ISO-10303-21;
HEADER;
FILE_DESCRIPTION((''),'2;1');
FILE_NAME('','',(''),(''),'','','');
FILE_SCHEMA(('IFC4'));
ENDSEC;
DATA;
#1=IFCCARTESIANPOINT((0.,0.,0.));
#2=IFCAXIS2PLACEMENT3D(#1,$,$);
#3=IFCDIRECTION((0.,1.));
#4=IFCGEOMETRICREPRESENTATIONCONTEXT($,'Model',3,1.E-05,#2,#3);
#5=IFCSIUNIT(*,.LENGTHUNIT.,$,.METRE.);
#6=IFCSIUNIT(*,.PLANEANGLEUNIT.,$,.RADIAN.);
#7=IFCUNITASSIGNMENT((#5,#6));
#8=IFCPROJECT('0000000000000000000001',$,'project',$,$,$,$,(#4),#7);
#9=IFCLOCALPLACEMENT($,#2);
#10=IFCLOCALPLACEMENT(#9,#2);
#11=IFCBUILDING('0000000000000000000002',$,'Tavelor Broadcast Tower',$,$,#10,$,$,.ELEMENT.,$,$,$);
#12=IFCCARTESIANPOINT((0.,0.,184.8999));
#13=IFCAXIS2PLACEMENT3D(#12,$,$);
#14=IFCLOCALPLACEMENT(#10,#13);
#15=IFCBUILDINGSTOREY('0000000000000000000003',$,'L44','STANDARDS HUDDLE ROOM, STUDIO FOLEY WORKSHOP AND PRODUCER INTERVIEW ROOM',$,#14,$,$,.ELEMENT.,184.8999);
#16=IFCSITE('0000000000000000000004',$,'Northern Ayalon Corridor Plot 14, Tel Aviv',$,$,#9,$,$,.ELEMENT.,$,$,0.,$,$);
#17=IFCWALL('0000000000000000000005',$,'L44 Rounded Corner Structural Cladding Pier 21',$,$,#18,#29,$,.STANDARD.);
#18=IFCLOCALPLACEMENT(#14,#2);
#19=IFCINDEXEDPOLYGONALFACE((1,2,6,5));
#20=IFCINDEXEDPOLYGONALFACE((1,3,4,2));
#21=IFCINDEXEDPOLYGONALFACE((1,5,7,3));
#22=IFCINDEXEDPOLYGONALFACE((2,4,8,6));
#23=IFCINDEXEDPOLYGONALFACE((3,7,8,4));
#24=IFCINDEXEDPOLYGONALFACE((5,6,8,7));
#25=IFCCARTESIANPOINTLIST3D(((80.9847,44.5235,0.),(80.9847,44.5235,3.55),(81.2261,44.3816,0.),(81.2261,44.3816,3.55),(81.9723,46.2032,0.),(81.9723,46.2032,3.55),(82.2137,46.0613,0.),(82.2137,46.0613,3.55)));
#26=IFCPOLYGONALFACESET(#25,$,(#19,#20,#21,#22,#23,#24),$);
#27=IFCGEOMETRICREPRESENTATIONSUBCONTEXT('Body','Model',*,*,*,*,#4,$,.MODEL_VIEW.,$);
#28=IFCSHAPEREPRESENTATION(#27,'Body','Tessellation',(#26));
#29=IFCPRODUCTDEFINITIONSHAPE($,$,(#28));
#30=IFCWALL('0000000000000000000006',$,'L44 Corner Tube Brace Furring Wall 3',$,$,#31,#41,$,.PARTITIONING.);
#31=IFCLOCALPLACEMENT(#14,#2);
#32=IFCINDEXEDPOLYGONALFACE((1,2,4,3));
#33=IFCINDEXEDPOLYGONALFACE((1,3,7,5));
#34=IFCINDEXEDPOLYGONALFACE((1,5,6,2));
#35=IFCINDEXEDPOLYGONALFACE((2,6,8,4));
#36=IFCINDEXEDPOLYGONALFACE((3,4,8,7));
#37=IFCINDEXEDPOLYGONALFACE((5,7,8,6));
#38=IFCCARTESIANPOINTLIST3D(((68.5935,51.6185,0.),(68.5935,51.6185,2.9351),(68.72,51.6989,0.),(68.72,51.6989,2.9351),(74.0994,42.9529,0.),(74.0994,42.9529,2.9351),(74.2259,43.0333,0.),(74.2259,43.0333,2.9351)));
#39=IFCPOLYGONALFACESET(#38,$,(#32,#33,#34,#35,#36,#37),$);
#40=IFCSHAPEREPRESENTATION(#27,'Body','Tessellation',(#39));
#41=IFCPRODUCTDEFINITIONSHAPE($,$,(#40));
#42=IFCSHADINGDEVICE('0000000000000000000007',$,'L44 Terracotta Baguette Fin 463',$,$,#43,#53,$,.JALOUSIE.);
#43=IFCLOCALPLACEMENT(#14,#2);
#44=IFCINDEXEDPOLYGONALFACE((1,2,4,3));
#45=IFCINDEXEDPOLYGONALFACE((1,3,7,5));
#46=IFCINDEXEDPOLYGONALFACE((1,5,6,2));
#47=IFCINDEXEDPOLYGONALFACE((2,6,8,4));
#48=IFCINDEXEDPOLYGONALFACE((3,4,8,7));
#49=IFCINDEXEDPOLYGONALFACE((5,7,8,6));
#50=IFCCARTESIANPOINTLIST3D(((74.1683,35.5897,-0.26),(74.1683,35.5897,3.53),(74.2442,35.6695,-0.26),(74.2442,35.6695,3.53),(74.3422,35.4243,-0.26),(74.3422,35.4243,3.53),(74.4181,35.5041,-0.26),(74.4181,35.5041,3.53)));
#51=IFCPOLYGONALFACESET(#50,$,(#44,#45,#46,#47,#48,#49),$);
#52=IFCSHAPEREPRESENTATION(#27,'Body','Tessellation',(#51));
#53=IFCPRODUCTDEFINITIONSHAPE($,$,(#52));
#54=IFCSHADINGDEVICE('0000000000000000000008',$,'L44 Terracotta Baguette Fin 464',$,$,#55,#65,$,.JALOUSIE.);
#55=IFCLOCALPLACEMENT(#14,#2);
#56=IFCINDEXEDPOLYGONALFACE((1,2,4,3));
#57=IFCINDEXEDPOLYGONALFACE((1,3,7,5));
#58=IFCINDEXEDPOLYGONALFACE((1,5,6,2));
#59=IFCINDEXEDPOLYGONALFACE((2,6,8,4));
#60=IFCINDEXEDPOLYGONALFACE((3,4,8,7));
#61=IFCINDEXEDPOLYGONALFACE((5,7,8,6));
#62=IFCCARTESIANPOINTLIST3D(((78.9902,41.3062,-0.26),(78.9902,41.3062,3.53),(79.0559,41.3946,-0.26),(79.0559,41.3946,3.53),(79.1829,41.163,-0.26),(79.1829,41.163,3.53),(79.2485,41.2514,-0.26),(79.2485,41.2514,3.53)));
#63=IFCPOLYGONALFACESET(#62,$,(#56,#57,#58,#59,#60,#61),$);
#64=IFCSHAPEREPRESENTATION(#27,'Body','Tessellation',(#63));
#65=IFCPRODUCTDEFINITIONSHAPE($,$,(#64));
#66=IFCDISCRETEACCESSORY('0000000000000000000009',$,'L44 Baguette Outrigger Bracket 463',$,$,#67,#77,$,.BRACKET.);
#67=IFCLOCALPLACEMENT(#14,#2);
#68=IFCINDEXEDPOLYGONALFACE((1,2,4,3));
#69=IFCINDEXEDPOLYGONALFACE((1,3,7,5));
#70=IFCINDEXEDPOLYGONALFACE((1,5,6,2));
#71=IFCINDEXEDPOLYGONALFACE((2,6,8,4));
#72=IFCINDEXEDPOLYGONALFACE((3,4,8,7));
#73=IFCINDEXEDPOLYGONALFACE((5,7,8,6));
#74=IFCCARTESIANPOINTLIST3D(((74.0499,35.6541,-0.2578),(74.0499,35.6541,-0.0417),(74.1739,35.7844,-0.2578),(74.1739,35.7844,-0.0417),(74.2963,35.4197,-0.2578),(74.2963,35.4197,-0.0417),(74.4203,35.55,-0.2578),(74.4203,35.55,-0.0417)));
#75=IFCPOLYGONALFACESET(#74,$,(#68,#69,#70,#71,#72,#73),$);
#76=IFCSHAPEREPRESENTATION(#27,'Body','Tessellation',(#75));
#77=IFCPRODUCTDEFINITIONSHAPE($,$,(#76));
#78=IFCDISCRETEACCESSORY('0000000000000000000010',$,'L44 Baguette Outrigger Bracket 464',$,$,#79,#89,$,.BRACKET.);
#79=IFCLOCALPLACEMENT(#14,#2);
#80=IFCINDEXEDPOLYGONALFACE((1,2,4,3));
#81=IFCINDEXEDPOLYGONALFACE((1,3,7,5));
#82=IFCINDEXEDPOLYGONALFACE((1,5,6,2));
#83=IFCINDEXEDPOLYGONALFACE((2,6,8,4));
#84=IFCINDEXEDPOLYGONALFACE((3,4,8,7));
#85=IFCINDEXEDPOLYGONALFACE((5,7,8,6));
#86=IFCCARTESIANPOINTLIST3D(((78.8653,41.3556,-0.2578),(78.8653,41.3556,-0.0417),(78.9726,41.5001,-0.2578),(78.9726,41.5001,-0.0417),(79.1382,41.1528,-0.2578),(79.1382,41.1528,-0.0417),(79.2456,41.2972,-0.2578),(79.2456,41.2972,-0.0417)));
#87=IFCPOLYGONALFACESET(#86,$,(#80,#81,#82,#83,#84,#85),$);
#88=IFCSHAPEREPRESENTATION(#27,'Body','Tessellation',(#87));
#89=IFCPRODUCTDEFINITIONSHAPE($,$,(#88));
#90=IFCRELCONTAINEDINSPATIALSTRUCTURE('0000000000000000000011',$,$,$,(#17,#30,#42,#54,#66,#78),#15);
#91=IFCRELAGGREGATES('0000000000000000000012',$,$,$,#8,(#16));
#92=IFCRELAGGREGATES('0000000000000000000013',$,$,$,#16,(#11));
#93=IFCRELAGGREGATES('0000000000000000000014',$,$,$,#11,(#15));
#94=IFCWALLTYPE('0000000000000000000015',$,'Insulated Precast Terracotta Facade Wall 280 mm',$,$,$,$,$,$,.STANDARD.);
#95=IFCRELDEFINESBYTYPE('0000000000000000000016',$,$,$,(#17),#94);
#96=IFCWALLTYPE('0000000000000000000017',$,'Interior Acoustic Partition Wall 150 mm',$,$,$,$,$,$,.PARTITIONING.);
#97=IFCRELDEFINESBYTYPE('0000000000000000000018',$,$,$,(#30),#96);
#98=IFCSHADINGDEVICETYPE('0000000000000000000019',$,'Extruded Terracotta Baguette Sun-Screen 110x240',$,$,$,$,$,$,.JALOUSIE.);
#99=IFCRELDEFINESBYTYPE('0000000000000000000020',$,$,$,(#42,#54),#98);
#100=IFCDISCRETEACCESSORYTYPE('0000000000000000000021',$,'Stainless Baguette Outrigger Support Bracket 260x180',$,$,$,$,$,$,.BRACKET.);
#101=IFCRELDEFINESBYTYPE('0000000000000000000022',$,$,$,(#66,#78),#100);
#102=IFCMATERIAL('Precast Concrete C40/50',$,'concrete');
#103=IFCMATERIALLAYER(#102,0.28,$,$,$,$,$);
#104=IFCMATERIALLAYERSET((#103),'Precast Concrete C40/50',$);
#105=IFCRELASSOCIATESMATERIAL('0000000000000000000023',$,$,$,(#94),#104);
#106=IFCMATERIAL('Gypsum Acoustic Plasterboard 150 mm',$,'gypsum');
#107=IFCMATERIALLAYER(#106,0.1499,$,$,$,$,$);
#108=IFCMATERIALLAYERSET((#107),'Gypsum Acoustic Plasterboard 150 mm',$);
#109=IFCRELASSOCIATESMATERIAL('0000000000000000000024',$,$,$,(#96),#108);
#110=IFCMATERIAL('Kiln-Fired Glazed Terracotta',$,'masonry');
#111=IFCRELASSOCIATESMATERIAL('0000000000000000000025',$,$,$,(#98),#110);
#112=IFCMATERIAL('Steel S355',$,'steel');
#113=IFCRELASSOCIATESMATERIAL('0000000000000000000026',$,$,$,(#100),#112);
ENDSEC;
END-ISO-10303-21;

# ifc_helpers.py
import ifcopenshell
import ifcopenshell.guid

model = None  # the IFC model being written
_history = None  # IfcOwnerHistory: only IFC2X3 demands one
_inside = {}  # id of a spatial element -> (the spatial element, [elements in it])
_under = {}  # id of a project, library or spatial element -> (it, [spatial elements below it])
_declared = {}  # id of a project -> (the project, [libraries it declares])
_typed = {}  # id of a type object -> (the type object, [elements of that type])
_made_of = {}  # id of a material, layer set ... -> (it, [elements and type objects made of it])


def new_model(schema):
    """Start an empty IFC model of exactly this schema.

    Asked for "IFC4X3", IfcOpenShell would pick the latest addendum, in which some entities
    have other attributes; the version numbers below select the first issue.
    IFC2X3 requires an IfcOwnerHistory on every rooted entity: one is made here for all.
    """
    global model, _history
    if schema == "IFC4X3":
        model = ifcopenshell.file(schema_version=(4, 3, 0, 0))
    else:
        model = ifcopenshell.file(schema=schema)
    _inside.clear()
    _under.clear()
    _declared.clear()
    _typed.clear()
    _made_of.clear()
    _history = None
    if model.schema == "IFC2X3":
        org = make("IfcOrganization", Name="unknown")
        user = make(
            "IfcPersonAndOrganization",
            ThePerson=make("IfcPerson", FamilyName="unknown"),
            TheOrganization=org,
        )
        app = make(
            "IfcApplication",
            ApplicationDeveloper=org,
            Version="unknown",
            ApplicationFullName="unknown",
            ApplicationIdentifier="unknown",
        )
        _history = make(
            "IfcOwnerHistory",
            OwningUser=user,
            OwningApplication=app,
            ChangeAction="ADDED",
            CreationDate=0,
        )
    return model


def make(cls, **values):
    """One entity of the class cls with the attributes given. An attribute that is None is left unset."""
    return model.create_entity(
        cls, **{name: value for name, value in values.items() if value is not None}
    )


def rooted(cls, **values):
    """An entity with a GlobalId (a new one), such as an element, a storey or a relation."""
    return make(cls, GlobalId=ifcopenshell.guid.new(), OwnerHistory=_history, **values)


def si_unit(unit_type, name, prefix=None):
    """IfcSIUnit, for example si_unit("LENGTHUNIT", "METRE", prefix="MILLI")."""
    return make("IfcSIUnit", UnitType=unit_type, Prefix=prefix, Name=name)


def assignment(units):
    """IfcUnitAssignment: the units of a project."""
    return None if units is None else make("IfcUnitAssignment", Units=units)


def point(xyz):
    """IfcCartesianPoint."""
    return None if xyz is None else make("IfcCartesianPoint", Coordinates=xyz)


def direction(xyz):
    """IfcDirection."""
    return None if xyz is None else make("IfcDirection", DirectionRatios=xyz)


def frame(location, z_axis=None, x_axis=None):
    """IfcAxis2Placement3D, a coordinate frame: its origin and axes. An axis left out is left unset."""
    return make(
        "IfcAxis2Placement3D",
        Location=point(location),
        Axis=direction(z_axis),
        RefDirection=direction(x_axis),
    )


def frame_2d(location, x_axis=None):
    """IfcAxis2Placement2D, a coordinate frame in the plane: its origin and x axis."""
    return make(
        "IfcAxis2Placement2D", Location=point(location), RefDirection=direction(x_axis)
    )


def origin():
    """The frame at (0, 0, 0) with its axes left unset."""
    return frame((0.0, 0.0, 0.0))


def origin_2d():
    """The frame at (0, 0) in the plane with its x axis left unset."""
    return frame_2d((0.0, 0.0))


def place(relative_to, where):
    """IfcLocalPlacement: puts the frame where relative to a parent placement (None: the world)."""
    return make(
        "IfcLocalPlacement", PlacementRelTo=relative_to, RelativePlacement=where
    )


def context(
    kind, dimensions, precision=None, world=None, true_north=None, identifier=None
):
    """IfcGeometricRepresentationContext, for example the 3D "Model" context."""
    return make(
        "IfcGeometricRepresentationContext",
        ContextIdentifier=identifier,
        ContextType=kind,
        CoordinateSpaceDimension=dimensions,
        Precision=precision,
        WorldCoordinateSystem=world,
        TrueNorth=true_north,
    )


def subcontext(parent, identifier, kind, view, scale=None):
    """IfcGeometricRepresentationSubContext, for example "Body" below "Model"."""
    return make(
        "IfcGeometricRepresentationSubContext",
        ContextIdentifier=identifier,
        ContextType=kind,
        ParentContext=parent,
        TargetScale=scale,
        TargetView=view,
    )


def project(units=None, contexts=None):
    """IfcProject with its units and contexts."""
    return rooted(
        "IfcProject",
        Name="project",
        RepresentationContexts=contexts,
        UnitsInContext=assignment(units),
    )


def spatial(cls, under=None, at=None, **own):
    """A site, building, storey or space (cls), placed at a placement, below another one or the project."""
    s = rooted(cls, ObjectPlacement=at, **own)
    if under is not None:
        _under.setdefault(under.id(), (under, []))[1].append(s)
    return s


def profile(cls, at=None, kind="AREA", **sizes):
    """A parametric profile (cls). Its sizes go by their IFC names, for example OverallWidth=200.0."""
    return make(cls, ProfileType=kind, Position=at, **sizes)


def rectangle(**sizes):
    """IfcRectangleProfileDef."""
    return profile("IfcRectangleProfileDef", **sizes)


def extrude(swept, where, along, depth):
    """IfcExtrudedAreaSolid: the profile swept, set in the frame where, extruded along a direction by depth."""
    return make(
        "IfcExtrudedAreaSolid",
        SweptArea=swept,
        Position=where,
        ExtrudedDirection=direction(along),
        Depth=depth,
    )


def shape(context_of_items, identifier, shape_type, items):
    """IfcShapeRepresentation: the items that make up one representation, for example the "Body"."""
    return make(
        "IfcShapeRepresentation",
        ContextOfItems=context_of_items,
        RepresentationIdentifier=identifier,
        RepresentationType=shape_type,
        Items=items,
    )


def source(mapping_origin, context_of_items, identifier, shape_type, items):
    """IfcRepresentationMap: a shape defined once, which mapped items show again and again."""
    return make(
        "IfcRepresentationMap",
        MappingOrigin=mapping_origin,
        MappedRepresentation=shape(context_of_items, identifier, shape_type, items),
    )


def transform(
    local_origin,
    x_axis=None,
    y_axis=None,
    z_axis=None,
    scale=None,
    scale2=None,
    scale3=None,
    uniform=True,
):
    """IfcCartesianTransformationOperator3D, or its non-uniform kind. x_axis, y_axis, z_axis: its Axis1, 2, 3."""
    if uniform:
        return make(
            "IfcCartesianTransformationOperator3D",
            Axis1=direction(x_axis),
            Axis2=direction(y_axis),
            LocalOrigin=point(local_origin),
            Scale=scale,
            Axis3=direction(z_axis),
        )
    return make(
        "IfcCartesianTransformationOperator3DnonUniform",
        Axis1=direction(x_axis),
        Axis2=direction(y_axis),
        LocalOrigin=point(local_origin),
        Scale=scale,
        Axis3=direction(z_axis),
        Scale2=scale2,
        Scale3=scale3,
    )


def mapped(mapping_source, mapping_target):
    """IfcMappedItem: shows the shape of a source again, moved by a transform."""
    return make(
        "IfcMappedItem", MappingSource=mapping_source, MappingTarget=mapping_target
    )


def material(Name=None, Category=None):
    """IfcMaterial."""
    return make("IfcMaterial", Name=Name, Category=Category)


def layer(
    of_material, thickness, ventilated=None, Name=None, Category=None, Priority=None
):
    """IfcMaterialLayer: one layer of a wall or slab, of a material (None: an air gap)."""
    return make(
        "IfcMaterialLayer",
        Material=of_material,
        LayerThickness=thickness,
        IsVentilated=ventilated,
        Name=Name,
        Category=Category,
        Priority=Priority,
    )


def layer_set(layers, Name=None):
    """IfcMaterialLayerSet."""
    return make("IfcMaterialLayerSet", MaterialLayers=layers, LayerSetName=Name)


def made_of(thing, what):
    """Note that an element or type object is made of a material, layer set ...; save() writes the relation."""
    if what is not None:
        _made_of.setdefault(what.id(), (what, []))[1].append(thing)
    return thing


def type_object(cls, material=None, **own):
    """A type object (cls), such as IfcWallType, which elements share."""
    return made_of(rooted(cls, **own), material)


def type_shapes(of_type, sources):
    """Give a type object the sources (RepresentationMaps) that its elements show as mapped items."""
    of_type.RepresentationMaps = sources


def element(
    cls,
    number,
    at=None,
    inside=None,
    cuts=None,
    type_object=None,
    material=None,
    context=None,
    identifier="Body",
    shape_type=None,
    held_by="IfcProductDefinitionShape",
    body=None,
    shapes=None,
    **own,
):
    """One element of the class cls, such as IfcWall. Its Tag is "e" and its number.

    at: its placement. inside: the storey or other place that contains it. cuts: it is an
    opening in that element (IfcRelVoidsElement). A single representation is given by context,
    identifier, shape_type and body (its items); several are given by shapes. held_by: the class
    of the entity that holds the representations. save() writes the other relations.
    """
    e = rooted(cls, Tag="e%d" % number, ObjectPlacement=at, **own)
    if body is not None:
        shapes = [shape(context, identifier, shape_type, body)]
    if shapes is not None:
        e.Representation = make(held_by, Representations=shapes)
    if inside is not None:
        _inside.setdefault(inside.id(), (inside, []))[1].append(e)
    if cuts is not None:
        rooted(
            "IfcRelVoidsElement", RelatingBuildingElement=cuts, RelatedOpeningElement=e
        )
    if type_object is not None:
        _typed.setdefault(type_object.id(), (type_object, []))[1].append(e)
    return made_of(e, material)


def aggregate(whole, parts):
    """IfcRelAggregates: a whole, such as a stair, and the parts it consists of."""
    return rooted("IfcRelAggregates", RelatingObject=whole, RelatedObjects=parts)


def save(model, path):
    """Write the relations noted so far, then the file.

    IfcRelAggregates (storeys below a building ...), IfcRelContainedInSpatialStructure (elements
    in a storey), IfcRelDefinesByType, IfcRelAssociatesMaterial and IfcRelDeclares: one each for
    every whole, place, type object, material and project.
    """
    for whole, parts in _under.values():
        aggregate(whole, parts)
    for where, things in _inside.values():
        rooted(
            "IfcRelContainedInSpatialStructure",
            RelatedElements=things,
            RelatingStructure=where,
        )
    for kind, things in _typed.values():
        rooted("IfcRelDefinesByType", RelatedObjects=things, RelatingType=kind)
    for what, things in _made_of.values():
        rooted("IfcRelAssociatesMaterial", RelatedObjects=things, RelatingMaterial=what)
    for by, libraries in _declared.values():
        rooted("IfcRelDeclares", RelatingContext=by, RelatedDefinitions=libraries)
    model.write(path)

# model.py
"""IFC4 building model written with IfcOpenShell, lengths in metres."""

from ifc_helpers import new_model, si_unit, direction, frame, frame_2d, origin, origin_2d, place, context, subcontext, project, spatial, rectangle, extrude, source, transform, mapped, material, layer, layer_set, type_object, type_shapes, element, save


model = new_model("IFC4")

# Units and contexts
model_context = context("Model", 3, precision=1e-05, world=origin(), true_north=direction((0.0, 1.0)))
body_context = subcontext(model_context, "Body", "Model", "MODEL_VIEW")
ifc_project = project(units=[si_unit("LENGTHUNIT", "METRE"), si_unit("PLANEANGLEUNIT", "RADIAN")], contexts=[model_context])

# Site, building, storey
site_placement = place(None, origin())
site = spatial("IfcSite", under=ifc_project, at=site_placement, Name="Northern Ayalon Corridor Plot 14, Tel Aviv", CompositionType="ELEMENT", RefElevation=0.0)
building_placement = place(site_placement, origin())
building = spatial("IfcBuilding", under=site, at=building_placement, Name="Tavelor Broadcast Tower", CompositionType="ELEMENT")
storey_placement = place(building_placement, frame((0.0, 0.0, 184.8999)))
storey = spatial("IfcBuildingStorey", under=building, at=storey_placement, Name="L44", Description="STANDARDS HUDDLE ROOM, STUDIO FOLEY WORKSHOP AND PRODUCER INTERVIEW ROOM", CompositionType="ELEMENT", Elevation=184.8999)

# Shared definitions
ifc_material_1 = material(Name="Steel S355", Category="steel")

# Walls
ifc_material_2 = material(Name="Precast Concrete C40/50", Category="concrete")
ifc_layer_1 = layer(ifc_material_2, 0.28)
ifc_layer_set_1 = layer_set([ifc_layer_1], Name="Precast Concrete C40/50")
wall_type_1 = type_object("IfcWallType", Name="Insulated Precast Terracotta Facade Wall 280 mm", PredefinedType="STANDARD", material=ifc_layer_set_1)
wall_1_placement = place(storey_placement, frame((81.1055, 44.4526, 0.0), z_axis=(0.0, 0.0, 1.0), x_axis=(0.506828, 0.862047, 0.0)))
element("IfcWall", 1, at=wall_1_placement, inside=storey, type_object=wall_type_1, Name="L44 Rounded Corner Structural Cladding Pier 21", PredefinedType="STANDARD", context=body_context, shape_type="SweptSolid", body=[
    extrude(rectangle(XDim=1.9485, YDim=0.28, at=frame_2d((0.9741, 0.0))), origin(), (0.0, 0.0, 1.0), 3.55),
])
ifc_material_3 = material(Name="Gypsum Acoustic Plasterboard 150 mm", Category="gypsum")
ifc_layer_2 = layer(ifc_material_3, 0.1499)
ifc_layer_set_2 = layer_set([ifc_layer_2], Name="Gypsum Acoustic Plasterboard 150 mm")
wall_type_2 = type_object("IfcWallType", Name="Interior Acoustic Partition Wall 150 mm", PredefinedType="PARTITIONING", material=ifc_layer_set_2)
wall_2_placement = place(storey_placement, frame((74.1626, 42.9932, 0.0), z_axis=(0.0, 0.0, 1.0), x_axis=(-0.536281, 0.844039, 0.0)))
element("IfcWall", 2, at=wall_2_placement, inside=storey, type_object=wall_type_2, Name="L44 Corner Tube Brace Furring Wall 3", PredefinedType="PARTITIONING", context=body_context, shape_type="SweptSolid", body=[
    extrude(rectangle(XDim=10.2668, YDim=0.1499, at=frame_2d((5.1333, 0.0))), origin(), (0.0, 0.0, 1.0), 2.9351),
])

# Shading devices
ifc_material_4 = material(Name="Kiln-Fired Glazed Terracotta", Category="masonry")
shading_device_type = type_object("IfcShadingDeviceType", Name="Extruded Terracotta Baguette Sun-Screen 110x240", PredefinedType="JALOUSIE", material=ifc_material_4)
shared_shape_1 = source(origin(), body_context, "Body", "SweptSolid", [
    extrude(rectangle(XDim=0.1101, YDim=0.24, at=origin_2d()), origin(), (0.0, 0.0, 1.0), 3.79),
])
type_shapes(shading_device_type, [shared_shape_1])
for number, where, z_axis, x_axis, name in (
    (3, (74.2932, 35.5469, -0.26), (0.0, 0.0, 1.0), (0.68924, 0.724533, 0.0), "L44 Terracotta Baguette Fin 463"),
    (4, (79.1194, 41.2788, -0.26), (0.0, 0.0, 1.0), (0.596505, 0.802609, 0.0), "L44 Terracotta Baguette Fin 464"),
):
    element("IfcShadingDevice", number, at=place(storey_placement, frame(where, z_axis=z_axis, x_axis=x_axis)), inside=storey, type_object=shading_device_type, Name=name, PredefinedType="JALOUSIE", context=body_context, shape_type="MappedRepresentation", body=[
        mapped(shared_shape_1, transform((0.0, 0.0, 0.0), scale=1.0)),
    ])

# Discrete accessories
discrete_accessory_type = type_object("IfcDiscreteAccessoryType", Name="Stainless Baguette Outrigger Support Bracket 260x180", PredefinedType="BRACKET", material=ifc_material_1)
shared_shape_2 = source(origin(), body_context, "Body", "SweptSolid", [
    extrude(rectangle(XDim=0.1799, YDim=0.3401, at=origin_2d()), origin(), (0.0, 0.0, 1.0), 0.2161),
])
type_shapes(discrete_accessory_type, [shared_shape_2])
for number, where, z_axis, x_axis, name in (
    (5, (74.2351, 35.6021, -0.2578), (0.0, 0.0, 1.0), (0.68924, 0.724533, 0.0), "L44 Baguette Outrigger Bracket 463"),
    (6, (79.0554, 41.3264, -0.2578), (0.0, 0.0, 1.0), (0.596505, 0.802609, 0.0), "L44 Baguette Outrigger Bracket 464"),
):
    element("IfcDiscreteAccessory", number, at=place(storey_placement, frame(where, z_axis=z_axis, x_axis=x_axis)), inside=storey, type_object=discrete_accessory_type, Name=name, PredefinedType="BRACKET", context=body_context, shape_type="MappedRepresentation", body=[
        mapped(shared_shape_2, transform((0.0, 0.0, 0.0), scale=1.0)),
    ])

save(model, "model.ifc")
